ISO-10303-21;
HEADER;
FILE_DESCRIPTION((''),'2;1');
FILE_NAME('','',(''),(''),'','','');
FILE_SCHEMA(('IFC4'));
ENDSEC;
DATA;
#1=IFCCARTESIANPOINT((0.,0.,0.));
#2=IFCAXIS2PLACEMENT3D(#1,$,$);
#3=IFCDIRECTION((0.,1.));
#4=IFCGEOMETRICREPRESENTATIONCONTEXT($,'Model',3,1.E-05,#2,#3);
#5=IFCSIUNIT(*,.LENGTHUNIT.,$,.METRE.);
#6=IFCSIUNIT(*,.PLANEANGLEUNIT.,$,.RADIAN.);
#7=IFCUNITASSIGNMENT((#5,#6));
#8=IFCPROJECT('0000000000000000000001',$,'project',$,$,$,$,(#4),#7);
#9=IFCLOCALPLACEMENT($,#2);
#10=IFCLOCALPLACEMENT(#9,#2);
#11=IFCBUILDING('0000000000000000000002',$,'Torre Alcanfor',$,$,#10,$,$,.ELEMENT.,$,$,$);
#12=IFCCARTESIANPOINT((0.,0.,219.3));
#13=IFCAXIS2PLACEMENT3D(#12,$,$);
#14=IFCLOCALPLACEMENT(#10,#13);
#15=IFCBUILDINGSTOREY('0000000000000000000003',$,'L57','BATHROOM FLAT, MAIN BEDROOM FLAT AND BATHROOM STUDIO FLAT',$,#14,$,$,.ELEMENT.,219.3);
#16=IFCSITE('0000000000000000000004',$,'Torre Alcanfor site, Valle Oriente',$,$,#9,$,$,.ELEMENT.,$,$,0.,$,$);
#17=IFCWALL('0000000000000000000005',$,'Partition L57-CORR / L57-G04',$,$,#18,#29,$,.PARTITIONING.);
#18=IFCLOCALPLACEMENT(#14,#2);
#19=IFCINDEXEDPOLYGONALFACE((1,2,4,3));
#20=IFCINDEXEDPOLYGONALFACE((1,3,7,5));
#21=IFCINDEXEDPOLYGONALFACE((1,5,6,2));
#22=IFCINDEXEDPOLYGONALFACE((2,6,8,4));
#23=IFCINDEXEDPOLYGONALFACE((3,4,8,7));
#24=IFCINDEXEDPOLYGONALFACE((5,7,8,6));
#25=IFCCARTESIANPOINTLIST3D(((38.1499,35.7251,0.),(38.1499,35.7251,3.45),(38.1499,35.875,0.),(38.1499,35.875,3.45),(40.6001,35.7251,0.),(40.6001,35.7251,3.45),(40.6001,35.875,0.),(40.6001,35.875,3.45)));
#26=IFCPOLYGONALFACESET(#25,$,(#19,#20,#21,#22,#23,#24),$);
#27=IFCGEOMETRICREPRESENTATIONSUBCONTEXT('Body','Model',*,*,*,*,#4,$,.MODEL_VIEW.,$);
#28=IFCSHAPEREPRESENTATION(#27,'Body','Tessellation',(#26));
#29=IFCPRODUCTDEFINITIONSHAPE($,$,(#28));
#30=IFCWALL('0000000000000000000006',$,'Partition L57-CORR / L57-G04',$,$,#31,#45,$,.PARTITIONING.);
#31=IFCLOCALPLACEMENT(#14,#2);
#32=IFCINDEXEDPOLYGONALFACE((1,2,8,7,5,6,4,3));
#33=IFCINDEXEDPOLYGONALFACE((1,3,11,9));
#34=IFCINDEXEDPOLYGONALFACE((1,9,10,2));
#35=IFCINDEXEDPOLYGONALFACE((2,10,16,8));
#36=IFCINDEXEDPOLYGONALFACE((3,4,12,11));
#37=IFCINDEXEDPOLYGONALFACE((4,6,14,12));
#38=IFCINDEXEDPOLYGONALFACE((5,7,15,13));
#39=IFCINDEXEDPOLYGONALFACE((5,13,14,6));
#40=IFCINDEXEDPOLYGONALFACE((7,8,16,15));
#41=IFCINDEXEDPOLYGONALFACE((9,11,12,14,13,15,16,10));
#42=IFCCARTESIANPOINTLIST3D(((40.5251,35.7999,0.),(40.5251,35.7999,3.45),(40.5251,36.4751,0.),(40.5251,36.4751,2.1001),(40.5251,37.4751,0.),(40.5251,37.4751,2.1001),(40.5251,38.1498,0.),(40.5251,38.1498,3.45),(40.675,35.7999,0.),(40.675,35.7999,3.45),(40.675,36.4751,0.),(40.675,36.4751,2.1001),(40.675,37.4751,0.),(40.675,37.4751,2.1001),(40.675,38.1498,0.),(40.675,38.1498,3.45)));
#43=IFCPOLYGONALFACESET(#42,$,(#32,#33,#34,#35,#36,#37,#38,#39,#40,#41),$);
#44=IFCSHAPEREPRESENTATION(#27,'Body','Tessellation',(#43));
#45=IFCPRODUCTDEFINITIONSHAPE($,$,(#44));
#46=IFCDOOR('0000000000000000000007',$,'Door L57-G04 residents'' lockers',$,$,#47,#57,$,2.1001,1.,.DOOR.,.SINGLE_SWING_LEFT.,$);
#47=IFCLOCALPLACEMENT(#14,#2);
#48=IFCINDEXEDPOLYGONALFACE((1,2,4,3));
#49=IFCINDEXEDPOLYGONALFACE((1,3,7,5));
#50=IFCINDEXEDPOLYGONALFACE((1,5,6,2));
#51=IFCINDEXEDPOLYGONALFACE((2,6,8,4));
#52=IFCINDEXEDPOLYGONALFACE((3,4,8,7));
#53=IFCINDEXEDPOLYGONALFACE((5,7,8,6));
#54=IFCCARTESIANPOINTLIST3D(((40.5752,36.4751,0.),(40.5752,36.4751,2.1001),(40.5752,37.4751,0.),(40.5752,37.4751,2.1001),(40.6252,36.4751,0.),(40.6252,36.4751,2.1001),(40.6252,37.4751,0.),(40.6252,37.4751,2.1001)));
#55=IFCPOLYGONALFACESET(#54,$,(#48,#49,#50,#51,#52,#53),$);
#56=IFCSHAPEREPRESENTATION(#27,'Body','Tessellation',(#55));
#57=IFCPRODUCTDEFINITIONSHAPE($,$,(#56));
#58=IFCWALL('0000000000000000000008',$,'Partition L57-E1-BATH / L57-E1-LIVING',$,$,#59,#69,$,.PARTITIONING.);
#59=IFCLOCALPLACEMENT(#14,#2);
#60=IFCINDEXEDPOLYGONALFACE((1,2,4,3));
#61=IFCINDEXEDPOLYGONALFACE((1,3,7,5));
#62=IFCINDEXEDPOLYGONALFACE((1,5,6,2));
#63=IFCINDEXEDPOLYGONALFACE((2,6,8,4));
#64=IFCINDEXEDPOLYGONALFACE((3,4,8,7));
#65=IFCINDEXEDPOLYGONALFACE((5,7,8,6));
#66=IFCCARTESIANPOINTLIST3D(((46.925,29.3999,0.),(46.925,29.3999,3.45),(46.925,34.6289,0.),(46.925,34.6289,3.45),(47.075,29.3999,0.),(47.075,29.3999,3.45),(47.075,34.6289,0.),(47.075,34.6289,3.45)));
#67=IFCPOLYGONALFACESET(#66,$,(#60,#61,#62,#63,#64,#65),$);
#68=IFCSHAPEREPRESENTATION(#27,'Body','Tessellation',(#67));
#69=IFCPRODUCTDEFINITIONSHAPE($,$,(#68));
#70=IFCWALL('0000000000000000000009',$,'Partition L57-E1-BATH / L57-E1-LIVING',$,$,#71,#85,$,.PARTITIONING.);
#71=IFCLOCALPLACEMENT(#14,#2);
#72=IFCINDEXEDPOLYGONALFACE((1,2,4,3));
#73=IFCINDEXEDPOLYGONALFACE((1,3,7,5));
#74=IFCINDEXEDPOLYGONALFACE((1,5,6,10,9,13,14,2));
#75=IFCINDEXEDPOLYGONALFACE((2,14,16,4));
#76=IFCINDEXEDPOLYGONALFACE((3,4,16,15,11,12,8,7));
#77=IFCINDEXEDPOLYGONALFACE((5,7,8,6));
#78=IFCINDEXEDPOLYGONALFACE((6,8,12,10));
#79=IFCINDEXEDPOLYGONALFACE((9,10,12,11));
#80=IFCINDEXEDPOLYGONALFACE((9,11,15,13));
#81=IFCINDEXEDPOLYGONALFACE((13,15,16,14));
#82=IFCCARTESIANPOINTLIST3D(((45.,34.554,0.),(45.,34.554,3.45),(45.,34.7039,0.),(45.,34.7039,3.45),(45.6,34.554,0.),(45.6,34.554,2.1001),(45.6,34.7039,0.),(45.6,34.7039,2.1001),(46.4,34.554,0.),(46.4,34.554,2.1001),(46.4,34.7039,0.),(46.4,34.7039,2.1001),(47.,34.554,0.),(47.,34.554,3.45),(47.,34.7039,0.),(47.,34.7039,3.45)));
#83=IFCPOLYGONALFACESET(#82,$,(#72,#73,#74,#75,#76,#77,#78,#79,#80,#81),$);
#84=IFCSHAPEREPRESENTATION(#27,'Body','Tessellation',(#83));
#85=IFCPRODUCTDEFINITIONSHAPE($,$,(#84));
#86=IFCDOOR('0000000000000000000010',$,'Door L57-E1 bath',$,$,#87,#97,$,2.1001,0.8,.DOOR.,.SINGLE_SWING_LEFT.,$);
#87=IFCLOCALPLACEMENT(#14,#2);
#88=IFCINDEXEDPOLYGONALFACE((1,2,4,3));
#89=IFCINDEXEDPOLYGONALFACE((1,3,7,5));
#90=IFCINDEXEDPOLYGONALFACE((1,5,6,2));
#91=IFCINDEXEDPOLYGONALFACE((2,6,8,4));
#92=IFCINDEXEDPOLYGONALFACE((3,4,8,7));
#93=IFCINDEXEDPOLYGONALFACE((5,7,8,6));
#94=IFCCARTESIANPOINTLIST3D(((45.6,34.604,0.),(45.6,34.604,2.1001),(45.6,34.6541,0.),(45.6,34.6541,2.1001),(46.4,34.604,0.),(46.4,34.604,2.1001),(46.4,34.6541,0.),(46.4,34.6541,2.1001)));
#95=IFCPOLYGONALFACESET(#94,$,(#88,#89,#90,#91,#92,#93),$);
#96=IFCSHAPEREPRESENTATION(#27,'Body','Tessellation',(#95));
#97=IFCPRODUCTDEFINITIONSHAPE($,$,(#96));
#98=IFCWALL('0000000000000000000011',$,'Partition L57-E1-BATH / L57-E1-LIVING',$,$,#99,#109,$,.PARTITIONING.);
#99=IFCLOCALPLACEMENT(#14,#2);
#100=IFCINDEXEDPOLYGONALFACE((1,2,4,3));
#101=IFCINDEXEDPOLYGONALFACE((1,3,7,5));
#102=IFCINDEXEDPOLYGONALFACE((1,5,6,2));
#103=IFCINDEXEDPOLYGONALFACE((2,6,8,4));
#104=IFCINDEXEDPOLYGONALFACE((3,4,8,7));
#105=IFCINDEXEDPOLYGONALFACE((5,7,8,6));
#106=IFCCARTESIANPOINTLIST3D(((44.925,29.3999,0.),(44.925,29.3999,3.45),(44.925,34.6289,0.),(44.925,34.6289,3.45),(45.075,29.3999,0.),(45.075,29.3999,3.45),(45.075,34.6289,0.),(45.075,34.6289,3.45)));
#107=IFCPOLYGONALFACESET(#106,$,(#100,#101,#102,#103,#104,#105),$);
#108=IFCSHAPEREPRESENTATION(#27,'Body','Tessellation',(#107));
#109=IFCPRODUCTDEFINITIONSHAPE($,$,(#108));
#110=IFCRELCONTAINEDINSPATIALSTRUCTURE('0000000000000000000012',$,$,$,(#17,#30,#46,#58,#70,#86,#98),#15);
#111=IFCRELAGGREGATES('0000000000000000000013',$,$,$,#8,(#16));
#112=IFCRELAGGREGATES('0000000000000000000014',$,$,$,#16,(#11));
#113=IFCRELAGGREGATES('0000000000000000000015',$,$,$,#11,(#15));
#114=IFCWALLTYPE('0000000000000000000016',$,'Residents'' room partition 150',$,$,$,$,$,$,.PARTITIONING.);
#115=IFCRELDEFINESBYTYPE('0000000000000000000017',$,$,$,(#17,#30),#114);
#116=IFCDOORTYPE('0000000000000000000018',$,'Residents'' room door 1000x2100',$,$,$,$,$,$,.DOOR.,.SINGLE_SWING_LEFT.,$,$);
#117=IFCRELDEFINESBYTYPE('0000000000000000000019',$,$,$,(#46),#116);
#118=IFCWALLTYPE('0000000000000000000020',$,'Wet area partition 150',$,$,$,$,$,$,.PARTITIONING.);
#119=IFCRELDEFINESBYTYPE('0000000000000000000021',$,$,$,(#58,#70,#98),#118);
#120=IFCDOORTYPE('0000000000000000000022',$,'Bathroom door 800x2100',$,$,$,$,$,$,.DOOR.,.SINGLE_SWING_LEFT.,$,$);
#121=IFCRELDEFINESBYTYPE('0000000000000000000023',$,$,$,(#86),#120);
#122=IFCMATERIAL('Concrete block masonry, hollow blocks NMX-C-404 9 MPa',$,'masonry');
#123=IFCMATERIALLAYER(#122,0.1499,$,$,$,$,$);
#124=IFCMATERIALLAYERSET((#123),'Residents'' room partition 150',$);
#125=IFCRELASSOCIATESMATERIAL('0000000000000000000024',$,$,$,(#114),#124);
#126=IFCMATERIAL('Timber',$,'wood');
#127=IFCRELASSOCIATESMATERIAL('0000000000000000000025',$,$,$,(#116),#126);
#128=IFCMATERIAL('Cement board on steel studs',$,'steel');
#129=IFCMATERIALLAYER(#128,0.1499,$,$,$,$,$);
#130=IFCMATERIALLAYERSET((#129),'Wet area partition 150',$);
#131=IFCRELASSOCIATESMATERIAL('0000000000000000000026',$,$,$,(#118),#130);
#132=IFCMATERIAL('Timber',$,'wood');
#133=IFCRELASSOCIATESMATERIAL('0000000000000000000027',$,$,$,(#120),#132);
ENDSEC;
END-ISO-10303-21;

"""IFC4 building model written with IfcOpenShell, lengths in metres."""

from ifc_helpers import new_model, si_unit, direction, frame, frame_2d, origin, place, context, subcontext, project, spatial, rectangle, extrude, material, layer, layer_set, type_object, element, fill, save


model = new_model("IFC4")

# Units and contexts
model_context = context("Model", 3, precision=1e-05, world=origin(), true_north=direction((0.0, 1.0)))
body_context = subcontext(model_context, "Body", "Model", "MODEL_VIEW")
ifc_project = project(units=[si_unit("LENGTHUNIT", "METRE"), si_unit("PLANEANGLEUNIT", "RADIAN")], contexts=[model_context])

# Site, building, storey
site_placement = place(None, origin())
site = spatial("IfcSite", under=ifc_project, at=site_placement, Name="Torre Alcanfor site, Valle Oriente", CompositionType="ELEMENT", RefElevation=0.0)
building_placement = place(site_placement, origin())
building = spatial("IfcBuilding", under=site, at=building_placement, Name="Torre Alcanfor", CompositionType="ELEMENT")
storey_placement = place(building_placement, frame((0.0, 0.0, 219.3)))
storey = spatial("IfcBuildingStorey", under=building, at=storey_placement, Name="L57", Description="BATHROOM FLAT, MAIN BEDROOM FLAT AND BATHROOM STUDIO FLAT", CompositionType="ELEMENT", Elevation=219.3)

# Wall
ifc_material_1 = material(Name="Concrete block masonry, hollow blocks NMX-C-404 9 MPa", Category="masonry")
ifc_layer_1 = layer(ifc_material_1, 0.1499)
ifc_layer_set_1 = layer_set([ifc_layer_1], Name="Residents' room partition 150")
wall_type_1 = type_object("IfcWallType", Name="Residents' room partition 150", PredefinedType="PARTITIONING", material=ifc_layer_set_1)
wall_1_placement = place(storey_placement, frame((38.1499, 35.8, 0.0), z_axis=(0.0, 0.0, 1.0), x_axis=(1.0, 0.0, 0.0)))
element("IfcWall", 1, at=wall_1_placement, inside=storey, type_object=wall_type_1, Name="Partition L57-CORR / L57-G04", PredefinedType="PARTITIONING", context=body_context, shape_type="SweptSolid", body=[
    extrude(rectangle(XDim=2.4502, YDim=0.1499, at=frame_2d((1.2251, 0.0))), origin(), (0.0, 0.0, 1.0), 3.45),
])

# Wall, opening, door
wall_2_placement = place(storey_placement, frame((40.6001, 35.8, 0.0), z_axis=(0.0, 0.0, 1.0), x_axis=(0.0, 1.0, 0.0)))
wall_2 = element("IfcWall", 2, at=wall_2_placement, inside=storey, type_object=wall_type_1, Name="Partition L57-CORR / L57-G04", PredefinedType="PARTITIONING", context=body_context, shape_type="SweptSolid", body=[
    extrude(rectangle(XDim=2.3499, YDim=0.1499, at=frame_2d((1.1748, 0.0))), origin(), (0.0, 0.0, 1.0), 3.45),
])
opening_1_placement = place(wall_2_placement, frame((0.675, 0.0, 0.0)))
opening_1 = element("IfcOpeningElement", 3, at=opening_1_placement, cuts=wall_2, PredefinedType="OPENING", context=body_context, shape_type="SweptSolid", body=[
    extrude(rectangle(XDim=1.0, YDim=2.1001, at=frame_2d((0.5, 1.05))), frame((0.0, 0.085, 0.0), z_axis=(0.0, -1.0, 0.0), x_axis=(1.0, 0.0, 0.0)), (0.0, 0.0, 1.0), 0.1699),
])
ifc_material_2 = material(Name="Timber", Category="wood")
door_type_1 = type_object("IfcDoorType", Name="Residents' room door 1000x2100", OperationType="SINGLE_SWING_LEFT", PredefinedType="DOOR", material=ifc_material_2)
door_1_placement = place(opening_1_placement, origin())
door_1 = element("IfcDoor", 4, at=door_1_placement, inside=storey, type_object=door_type_1, Name="Door L57-G04 residents' lockers", OperationType="SINGLE_SWING_LEFT", OverallHeight=2.1001, OverallWidth=1.0, PredefinedType="DOOR", context=body_context, shape_type="SweptSolid", body=[
    extrude(rectangle(XDim=1.0, YDim=2.1001, at=frame_2d((0.5, 1.05))), frame((0.0, 0.0249, 0.0), z_axis=(0.0, -1.0, 0.0), x_axis=(1.0, 0.0, 0.0)), (0.0, 0.0, 1.0), 0.05),
])
fill(opening_1, door_1)

# Wall
ifc_material_3 = material(Name="Cement board on steel studs", Category="steel")
ifc_layer_2 = layer(ifc_material_3, 0.1499)
ifc_layer_set_2 = layer_set([ifc_layer_2], Name="Wet area partition 150")
wall_type_2 = type_object("IfcWallType", Name="Wet area partition 150", PredefinedType="PARTITIONING", material=ifc_layer_set_2)
wall_3_placement = place(storey_placement, frame((47.0, 29.3999, 0.0), z_axis=(0.0, 0.0, 1.0), x_axis=(0.0, 1.0, 0.0)))
element("IfcWall", 5, at=wall_3_placement, inside=storey, type_object=wall_type_2, Name="Partition L57-E1-BATH / L57-E1-LIVING", PredefinedType="PARTITIONING", context=body_context, shape_type="SweptSolid", body=[
    extrude(rectangle(XDim=5.229, YDim=0.1499, at=frame_2d((2.6145, 0.0))), origin(), (0.0, 0.0, 1.0), 3.45),
])

# Wall, opening, door
wall_4_placement = place(storey_placement, frame((47.0, 34.6289, 0.0), z_axis=(0.0, 0.0, 1.0), x_axis=(-1.0, 0.0, 0.0)))
wall_4 = element("IfcWall", 6, at=wall_4_placement, inside=storey, type_object=wall_type_2, Name="Partition L57-E1-BATH / L57-E1-LIVING", PredefinedType="PARTITIONING", context=body_context, shape_type="SweptSolid", body=[
    extrude(rectangle(XDim=2.0, YDim=0.1499, at=frame_2d((1.0, 0.0))), origin(), (0.0, 0.0, 1.0), 3.45),
])
opening_2_placement = place(wall_4_placement, frame((0.6001, 0.0, 0.0)))
opening_2 = element("IfcOpeningElement", 7, at=opening_2_placement, cuts=wall_4, PredefinedType="OPENING", context=body_context, shape_type="SweptSolid", body=[
    extrude(rectangle(XDim=0.8, YDim=2.1001, at=frame_2d((0.3999, 1.05))), frame((0.0, 0.085, 0.0), z_axis=(0.0, -1.0, 0.0), x_axis=(1.0, 0.0, 0.0)), (0.0, 0.0, 1.0), 0.1699),
])
ifc_material_4 = material(Name="Timber", Category="wood")
door_type_2 = type_object("IfcDoorType", Name="Bathroom door 800x2100", OperationType="SINGLE_SWING_LEFT", PredefinedType="DOOR", material=ifc_material_4)
door_2_placement = place(opening_2_placement, origin())
door_2 = element("IfcDoor", 8, at=door_2_placement, inside=storey, type_object=door_type_2, Name="Door L57-E1 bath", OperationType="SINGLE_SWING_LEFT", OverallHeight=2.1001, OverallWidth=0.8, PredefinedType="DOOR", context=body_context, shape_type="SweptSolid", body=[
    extrude(rectangle(XDim=0.8, YDim=2.1001, at=frame_2d((0.3999, 1.05))), frame((0.0, 0.0249, 0.0), z_axis=(0.0, -1.0, 0.0), x_axis=(1.0, 0.0, 0.0)), (0.0, 0.0, 1.0), 0.05),
])
fill(opening_2, door_2)

# Wall
wall_5_placement = place(storey_placement, frame((45.0, 34.6289, 0.0), z_axis=(0.0, 0.0, 1.0), x_axis=(0.0, -1.0, 0.0)))
element("IfcWall", 9, at=wall_5_placement, inside=storey, type_object=wall_type_2, Name="Partition L57-E1-BATH / L57-E1-LIVING", PredefinedType="PARTITIONING", context=body_context, shape_type="SweptSolid", body=[
    extrude(rectangle(XDim=5.229, YDim=0.1499, at=frame_2d((2.6145, 0.0))), origin(), (0.0, 0.0, 1.0), 3.45),
])

save(model, "model.ifc")
